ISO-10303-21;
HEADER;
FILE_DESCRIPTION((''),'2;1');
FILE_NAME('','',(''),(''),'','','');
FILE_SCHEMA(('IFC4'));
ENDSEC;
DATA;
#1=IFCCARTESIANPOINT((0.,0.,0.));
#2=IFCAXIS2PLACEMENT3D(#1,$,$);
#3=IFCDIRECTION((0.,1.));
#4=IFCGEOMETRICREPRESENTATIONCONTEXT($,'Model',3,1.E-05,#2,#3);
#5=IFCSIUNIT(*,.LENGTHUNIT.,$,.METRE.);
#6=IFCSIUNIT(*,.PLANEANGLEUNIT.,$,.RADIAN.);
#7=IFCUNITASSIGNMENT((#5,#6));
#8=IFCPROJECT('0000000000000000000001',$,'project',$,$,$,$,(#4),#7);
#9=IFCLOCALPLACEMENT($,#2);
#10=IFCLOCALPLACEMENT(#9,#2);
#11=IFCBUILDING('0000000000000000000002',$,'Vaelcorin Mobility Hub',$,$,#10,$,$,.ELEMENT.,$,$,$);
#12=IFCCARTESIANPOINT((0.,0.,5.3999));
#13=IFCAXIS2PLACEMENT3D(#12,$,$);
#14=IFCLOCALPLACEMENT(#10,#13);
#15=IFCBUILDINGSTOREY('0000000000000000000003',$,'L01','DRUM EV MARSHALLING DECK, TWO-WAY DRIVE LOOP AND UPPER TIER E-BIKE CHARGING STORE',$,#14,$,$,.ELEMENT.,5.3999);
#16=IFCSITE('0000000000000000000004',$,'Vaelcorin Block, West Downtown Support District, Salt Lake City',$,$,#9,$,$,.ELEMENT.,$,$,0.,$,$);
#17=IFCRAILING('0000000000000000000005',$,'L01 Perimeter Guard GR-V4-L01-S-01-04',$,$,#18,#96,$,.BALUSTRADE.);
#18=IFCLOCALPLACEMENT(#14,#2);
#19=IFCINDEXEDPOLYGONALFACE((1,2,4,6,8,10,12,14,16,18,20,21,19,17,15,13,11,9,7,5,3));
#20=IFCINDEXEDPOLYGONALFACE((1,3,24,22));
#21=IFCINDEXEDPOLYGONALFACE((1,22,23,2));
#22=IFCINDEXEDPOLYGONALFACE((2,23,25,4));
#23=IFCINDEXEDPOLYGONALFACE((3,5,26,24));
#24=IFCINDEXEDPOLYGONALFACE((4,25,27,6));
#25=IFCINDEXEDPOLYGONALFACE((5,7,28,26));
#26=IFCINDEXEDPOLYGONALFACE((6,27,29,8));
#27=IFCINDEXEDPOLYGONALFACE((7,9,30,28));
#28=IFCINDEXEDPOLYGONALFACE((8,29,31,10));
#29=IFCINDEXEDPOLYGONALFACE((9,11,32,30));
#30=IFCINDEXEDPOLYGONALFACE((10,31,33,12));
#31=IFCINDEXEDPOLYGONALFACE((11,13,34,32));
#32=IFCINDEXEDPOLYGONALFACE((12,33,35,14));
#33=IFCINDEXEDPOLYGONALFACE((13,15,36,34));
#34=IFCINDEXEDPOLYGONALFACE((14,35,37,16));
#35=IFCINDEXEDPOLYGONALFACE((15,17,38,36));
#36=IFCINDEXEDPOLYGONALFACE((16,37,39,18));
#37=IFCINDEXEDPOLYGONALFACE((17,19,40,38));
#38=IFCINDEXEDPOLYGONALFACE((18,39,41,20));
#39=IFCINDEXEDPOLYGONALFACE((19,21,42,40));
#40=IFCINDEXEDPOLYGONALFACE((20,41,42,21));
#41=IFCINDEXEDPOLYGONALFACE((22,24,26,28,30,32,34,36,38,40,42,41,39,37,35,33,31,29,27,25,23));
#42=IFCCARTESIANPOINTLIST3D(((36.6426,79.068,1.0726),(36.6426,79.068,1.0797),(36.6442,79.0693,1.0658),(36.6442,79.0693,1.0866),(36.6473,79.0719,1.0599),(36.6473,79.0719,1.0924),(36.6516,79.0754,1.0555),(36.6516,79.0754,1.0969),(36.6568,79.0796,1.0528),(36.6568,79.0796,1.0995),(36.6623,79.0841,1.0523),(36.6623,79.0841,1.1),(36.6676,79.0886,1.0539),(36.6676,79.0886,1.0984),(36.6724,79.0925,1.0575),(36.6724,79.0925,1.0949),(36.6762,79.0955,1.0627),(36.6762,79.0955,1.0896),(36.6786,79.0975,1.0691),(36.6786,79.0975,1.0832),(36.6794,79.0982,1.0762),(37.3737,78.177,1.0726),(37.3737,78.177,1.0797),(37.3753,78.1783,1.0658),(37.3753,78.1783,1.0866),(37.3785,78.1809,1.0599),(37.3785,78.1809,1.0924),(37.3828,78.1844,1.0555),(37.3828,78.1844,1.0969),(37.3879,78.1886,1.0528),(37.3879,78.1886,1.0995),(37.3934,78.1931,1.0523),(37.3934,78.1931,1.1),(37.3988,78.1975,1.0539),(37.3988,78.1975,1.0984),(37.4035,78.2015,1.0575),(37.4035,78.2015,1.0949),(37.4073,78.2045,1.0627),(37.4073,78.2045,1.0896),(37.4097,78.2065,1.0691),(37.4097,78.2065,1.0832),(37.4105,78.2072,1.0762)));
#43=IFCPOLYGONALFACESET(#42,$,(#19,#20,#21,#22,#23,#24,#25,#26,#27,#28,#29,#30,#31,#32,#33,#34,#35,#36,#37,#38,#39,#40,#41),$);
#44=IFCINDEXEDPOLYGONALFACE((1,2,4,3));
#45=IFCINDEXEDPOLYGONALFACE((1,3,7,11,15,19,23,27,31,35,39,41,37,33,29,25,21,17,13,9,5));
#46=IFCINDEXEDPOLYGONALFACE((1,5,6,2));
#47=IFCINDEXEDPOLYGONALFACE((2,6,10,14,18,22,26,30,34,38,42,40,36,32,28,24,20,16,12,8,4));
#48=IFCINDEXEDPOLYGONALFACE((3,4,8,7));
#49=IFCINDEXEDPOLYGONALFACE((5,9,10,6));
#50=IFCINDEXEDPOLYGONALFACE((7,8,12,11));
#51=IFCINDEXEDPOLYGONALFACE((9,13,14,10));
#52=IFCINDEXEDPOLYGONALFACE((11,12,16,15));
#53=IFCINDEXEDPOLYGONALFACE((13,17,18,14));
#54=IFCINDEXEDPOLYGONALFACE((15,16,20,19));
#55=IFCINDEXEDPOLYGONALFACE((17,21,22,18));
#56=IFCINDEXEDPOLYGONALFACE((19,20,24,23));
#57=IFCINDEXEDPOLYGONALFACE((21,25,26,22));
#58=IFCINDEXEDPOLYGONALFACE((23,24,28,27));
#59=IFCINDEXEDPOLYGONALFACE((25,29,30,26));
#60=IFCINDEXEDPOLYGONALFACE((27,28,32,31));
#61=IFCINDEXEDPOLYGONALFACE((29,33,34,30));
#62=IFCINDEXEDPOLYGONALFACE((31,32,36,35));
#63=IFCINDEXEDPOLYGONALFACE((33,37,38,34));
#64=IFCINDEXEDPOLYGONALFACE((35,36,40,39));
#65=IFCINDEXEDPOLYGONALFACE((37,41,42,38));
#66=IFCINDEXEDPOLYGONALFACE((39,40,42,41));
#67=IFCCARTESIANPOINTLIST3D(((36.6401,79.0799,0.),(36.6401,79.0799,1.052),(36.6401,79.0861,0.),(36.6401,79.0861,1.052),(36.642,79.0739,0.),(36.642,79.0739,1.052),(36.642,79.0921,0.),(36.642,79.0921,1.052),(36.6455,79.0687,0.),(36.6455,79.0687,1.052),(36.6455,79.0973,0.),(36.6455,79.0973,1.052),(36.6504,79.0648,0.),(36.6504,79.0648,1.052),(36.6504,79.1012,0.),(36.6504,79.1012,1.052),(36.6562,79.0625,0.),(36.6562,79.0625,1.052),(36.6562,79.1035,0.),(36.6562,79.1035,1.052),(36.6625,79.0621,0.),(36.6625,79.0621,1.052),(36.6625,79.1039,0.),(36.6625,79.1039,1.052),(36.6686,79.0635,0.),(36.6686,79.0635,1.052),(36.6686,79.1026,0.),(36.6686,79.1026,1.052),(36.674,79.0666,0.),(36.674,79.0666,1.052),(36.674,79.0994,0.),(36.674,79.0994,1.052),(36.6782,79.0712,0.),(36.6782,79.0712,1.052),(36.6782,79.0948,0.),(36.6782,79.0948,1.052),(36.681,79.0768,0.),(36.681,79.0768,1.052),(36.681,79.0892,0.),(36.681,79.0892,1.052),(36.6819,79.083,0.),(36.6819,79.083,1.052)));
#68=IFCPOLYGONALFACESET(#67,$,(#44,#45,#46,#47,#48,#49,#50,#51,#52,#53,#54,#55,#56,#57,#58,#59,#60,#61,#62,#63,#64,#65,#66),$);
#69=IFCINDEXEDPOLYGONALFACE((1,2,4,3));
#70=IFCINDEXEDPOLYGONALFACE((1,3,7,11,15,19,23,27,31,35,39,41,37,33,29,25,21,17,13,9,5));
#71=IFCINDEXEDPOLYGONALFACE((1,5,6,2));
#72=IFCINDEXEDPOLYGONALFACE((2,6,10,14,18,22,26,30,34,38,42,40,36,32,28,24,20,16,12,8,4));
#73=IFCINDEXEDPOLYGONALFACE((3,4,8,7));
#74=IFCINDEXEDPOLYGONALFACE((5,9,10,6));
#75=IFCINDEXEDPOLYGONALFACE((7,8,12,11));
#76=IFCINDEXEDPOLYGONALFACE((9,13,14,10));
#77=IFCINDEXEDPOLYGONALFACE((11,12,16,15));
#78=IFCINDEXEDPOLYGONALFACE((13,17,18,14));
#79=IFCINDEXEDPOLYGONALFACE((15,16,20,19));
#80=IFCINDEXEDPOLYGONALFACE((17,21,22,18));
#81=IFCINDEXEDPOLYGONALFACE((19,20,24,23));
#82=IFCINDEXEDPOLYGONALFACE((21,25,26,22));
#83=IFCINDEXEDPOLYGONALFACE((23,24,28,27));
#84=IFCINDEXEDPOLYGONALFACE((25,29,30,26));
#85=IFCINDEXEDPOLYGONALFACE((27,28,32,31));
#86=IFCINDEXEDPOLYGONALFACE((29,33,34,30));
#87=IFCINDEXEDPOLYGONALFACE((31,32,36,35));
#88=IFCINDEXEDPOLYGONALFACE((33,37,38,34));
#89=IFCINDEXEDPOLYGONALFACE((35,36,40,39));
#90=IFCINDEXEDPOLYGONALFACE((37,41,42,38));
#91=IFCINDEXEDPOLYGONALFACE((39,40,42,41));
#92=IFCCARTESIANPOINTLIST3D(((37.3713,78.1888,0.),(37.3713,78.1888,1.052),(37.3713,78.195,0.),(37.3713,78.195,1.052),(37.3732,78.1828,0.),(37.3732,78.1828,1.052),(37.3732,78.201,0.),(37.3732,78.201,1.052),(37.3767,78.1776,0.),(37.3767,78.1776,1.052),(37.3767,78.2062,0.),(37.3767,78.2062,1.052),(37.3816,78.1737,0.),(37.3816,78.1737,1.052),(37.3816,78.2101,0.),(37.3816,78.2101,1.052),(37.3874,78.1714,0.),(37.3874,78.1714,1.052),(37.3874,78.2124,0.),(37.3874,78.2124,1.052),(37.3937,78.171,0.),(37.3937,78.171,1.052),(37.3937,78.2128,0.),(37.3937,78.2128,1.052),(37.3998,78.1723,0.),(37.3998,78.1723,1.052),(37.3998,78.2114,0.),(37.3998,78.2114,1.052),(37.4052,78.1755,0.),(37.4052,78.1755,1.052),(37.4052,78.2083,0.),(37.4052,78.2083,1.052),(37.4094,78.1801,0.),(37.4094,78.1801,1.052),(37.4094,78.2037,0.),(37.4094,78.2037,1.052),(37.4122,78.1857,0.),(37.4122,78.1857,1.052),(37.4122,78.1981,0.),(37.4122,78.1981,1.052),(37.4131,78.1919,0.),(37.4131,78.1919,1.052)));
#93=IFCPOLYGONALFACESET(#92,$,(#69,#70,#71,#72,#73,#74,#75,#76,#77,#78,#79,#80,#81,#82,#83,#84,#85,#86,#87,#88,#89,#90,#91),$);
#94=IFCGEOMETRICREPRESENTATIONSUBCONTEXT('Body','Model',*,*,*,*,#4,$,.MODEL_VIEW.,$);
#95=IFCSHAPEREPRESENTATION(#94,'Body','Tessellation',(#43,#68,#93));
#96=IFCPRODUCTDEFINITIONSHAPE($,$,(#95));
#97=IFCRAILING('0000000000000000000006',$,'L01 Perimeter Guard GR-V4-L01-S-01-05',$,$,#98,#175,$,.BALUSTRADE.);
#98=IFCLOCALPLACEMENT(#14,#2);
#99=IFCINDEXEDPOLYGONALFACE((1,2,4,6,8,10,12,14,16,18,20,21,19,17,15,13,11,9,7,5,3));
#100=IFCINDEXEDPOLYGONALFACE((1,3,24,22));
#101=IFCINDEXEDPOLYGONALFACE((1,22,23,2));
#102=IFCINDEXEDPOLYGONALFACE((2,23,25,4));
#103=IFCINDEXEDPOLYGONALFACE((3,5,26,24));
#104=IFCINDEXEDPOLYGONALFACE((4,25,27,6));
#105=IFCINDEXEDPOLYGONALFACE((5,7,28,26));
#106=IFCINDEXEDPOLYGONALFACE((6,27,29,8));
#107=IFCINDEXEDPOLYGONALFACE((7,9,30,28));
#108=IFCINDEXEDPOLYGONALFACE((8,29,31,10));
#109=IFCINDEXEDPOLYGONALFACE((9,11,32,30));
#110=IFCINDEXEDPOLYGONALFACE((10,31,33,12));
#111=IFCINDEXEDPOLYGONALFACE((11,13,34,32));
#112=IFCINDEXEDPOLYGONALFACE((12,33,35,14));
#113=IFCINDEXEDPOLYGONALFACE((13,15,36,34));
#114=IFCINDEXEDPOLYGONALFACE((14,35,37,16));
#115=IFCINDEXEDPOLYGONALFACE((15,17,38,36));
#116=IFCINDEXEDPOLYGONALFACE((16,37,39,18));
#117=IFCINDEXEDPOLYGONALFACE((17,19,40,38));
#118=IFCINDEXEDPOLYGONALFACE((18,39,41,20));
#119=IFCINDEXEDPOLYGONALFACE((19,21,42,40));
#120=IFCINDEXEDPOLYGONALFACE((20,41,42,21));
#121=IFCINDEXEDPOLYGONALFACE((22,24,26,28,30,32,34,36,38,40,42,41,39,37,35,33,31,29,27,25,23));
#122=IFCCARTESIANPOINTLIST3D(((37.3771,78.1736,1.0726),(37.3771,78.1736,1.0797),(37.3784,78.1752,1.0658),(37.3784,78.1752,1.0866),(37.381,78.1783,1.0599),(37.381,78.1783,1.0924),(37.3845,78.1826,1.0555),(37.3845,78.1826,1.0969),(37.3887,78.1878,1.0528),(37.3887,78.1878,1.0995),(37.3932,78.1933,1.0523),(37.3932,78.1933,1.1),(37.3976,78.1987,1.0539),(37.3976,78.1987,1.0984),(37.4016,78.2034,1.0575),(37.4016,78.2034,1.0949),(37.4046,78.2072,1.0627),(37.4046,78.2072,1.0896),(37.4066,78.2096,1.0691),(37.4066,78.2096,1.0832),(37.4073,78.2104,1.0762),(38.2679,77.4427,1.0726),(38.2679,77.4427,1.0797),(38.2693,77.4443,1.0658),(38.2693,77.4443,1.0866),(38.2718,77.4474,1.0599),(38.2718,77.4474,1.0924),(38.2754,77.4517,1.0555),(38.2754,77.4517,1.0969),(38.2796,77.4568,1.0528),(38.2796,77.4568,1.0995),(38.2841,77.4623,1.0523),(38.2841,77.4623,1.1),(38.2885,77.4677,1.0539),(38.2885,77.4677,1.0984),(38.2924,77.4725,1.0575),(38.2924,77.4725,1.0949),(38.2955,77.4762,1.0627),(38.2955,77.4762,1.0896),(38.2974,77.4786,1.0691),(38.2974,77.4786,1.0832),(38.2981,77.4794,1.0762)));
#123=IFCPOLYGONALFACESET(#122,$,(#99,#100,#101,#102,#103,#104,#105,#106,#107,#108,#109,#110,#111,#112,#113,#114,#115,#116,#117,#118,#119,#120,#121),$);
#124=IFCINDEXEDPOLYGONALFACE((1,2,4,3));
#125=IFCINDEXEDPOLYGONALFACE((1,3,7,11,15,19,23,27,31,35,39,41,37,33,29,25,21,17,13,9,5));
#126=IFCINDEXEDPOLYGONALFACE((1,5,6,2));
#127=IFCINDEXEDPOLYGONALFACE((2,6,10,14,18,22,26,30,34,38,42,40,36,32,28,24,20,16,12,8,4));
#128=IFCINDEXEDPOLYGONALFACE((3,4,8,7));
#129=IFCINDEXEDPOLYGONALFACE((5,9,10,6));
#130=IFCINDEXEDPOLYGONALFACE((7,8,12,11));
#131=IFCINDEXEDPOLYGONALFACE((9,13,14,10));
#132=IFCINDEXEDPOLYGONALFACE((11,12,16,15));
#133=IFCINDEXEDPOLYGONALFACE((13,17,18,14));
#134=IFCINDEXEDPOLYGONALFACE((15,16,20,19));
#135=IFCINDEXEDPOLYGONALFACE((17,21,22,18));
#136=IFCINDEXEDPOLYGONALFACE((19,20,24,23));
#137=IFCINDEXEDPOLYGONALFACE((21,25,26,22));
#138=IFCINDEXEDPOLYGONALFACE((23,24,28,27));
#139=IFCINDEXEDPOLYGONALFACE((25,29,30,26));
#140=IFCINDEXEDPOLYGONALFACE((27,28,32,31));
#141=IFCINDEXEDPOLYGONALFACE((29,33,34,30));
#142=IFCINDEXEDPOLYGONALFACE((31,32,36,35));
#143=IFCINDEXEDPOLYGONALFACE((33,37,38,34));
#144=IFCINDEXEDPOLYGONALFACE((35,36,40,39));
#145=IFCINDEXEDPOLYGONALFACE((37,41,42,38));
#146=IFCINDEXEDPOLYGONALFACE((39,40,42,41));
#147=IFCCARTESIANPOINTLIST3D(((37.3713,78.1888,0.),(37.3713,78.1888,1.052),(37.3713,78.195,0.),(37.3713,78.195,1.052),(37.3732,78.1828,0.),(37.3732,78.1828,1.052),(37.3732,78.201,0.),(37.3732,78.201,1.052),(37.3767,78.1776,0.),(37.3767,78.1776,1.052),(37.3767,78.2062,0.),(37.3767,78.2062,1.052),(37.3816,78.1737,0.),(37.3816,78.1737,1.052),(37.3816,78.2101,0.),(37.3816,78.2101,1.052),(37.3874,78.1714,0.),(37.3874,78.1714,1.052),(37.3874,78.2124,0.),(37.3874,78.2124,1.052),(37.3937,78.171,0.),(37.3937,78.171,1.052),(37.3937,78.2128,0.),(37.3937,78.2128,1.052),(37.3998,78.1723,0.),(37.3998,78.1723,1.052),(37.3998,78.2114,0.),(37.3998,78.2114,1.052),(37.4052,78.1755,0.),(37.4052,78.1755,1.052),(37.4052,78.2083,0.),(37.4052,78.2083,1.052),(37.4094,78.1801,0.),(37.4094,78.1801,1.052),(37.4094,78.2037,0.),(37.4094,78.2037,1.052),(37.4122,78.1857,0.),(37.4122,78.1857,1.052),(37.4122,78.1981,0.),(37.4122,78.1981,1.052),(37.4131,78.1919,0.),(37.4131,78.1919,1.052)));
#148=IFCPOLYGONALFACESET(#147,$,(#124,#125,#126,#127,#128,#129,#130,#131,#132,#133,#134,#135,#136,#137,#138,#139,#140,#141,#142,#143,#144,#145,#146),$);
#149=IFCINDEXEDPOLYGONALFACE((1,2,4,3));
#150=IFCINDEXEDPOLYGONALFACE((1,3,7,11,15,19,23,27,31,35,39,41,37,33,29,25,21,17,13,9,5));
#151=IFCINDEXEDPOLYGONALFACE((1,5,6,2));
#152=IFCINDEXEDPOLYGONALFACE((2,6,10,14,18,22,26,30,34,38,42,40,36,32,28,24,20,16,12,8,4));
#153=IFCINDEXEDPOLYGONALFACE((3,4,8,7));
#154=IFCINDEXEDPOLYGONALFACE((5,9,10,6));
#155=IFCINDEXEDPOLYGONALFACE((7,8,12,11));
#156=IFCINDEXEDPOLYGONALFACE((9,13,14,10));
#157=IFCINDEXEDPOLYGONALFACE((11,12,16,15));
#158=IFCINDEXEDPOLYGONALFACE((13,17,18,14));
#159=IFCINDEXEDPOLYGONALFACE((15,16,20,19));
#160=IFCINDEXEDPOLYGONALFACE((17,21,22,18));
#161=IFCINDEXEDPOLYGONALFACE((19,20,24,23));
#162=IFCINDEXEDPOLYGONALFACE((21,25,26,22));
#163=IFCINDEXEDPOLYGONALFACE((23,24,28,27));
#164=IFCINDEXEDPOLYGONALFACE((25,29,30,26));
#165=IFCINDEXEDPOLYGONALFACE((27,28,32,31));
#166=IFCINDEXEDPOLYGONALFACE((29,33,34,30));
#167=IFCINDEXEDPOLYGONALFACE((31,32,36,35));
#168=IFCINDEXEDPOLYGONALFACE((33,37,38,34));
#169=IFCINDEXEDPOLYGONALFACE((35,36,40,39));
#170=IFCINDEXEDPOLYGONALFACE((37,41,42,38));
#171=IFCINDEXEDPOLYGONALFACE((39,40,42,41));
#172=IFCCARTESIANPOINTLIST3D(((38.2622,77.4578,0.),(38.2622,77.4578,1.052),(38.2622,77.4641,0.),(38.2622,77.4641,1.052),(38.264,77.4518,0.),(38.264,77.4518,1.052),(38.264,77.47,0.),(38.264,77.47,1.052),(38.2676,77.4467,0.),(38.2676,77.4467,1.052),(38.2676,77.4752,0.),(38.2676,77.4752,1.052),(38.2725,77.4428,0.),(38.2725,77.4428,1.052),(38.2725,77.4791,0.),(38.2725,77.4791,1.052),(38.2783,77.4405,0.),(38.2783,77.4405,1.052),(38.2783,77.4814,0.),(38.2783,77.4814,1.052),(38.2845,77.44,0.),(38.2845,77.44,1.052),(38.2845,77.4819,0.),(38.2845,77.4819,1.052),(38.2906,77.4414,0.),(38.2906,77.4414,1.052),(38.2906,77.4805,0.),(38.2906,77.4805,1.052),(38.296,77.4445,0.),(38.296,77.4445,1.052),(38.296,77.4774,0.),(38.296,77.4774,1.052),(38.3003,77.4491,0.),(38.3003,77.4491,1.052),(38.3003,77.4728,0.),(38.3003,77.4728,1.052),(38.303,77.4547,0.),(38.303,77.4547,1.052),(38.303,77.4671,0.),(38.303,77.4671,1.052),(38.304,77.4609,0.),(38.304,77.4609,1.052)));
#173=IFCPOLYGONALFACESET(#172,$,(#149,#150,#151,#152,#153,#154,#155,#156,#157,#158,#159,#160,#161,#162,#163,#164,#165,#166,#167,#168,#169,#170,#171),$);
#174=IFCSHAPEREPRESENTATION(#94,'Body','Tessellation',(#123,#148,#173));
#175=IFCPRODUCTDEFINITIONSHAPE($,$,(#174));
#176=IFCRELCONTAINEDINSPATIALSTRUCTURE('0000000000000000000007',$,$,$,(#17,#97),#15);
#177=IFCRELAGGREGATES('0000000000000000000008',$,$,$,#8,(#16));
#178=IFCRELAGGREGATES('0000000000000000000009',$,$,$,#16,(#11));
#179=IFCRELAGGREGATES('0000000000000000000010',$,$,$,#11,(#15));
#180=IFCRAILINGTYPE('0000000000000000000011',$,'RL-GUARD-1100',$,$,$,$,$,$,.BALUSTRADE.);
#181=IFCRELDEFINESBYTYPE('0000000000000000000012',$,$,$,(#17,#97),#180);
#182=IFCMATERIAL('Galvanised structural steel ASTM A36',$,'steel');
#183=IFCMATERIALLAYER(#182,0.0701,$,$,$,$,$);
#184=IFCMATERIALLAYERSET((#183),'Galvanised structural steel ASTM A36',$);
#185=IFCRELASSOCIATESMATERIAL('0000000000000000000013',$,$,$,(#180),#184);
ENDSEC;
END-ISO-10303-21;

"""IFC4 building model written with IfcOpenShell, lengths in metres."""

from ifc_helpers import new_model, si_unit, direction, frame, origin, origin_2d, place, context, subcontext, project, spatial, circle, extrude, material, layer, layer_set, type_object, element, save


model = new_model("IFC4")

# Units and contexts
model_context = context("Model", 3, precision=1e-05, world=origin(), true_north=direction((0.0, 1.0)))
body_context = subcontext(model_context, "Body", "Model", "MODEL_VIEW")
ifc_project = project(units=[si_unit("LENGTHUNIT", "METRE"), si_unit("PLANEANGLEUNIT", "RADIAN")], contexts=[model_context])

# Site, building, storey
site_placement = place(None, origin())
site = spatial("IfcSite", under=ifc_project, at=site_placement, Name="Vaelcorin Block, West Downtown Support District, Salt Lake City", CompositionType="ELEMENT", RefElevation=0.0)
building_placement = place(site_placement, origin())
building = spatial("IfcBuilding", under=site, at=building_placement, Name="Vaelcorin Mobility Hub", CompositionType="ELEMENT")
storey_placement = place(building_placement, frame((0.0, 0.0, 5.3999)))
storey = spatial("IfcBuildingStorey", under=building, at=storey_placement, Name="L01", Description="DRUM EV MARSHALLING DECK, TWO-WAY DRIVE LOOP AND UPPER TIER E-BIKE CHARGING STORE", CompositionType="ELEMENT", Elevation=5.3999)

# Railings
ifc_material_1 = material(Name="Galvanised structural steel ASTM A36", Category="steel")
ifc_layer_1 = layer(ifc_material_1, 0.0701)
ifc_layer_set_1 = layer_set([ifc_layer_1], Name="Galvanised structural steel ASTM A36")
railing_type = type_object("IfcRailingType", Name="RL-GUARD-1100", PredefinedType="BALUSTRADE", material=ifc_layer_set_1)
railing_1_placement = place(storey_placement, frame((36.6609, 79.083, 0.0)))
element("IfcRailing", 1, at=railing_1_placement, inside=storey, type_object=railing_type, Name="L01 Perimeter Guard GR-V4-L01-S-01-04", PredefinedType="BALUSTRADE", context=body_context, shape_type="SweptSolid", body=[
    extrude(circle(Radius=0.0239, at=origin_2d()), frame((0.0, 0.0, 1.0762), z_axis=(0.634333, -0.77306, 0.0), x_axis=(0.77306, 0.634333, 0.0)), (0.0, 0.0, 1.0), 1.1526),
    extrude(circle(Radius=0.021, at=origin_2d()), origin(), (0.0, 0.0, 1.0), 1.052),
    extrude(circle(Radius=0.021, at=origin_2d()), frame((0.7312, -0.8911, 0.0)), (0.0, 0.0, 1.0), 1.052),
])
railing_2_placement = place(storey_placement, frame((37.3921, 78.1919, 0.0)))
element("IfcRailing", 2, at=railing_2_placement, inside=storey, type_object=railing_type, Name="L01 Perimeter Guard GR-V4-L01-S-01-05", PredefinedType="BALUSTRADE", context=body_context, shape_type="SweptSolid", body=[
    extrude(circle(Radius=0.0239, at=origin_2d()), frame((0.0, 0.0, 1.0762), z_axis=(0.773079, -0.63431, 0.0), x_axis=(0.63431, 0.773079, 0.0)), (0.0, 0.0, 1.0), 1.1523),
    extrude(circle(Radius=0.021, at=origin_2d()), origin(), (0.0, 0.0, 1.0), 1.052),
    extrude(circle(Radius=0.021, at=origin_2d()), frame((0.8909, -0.731, 0.0)), (0.0, 0.0, 1.0), 1.052),
])

save(model, "model.ifc")
